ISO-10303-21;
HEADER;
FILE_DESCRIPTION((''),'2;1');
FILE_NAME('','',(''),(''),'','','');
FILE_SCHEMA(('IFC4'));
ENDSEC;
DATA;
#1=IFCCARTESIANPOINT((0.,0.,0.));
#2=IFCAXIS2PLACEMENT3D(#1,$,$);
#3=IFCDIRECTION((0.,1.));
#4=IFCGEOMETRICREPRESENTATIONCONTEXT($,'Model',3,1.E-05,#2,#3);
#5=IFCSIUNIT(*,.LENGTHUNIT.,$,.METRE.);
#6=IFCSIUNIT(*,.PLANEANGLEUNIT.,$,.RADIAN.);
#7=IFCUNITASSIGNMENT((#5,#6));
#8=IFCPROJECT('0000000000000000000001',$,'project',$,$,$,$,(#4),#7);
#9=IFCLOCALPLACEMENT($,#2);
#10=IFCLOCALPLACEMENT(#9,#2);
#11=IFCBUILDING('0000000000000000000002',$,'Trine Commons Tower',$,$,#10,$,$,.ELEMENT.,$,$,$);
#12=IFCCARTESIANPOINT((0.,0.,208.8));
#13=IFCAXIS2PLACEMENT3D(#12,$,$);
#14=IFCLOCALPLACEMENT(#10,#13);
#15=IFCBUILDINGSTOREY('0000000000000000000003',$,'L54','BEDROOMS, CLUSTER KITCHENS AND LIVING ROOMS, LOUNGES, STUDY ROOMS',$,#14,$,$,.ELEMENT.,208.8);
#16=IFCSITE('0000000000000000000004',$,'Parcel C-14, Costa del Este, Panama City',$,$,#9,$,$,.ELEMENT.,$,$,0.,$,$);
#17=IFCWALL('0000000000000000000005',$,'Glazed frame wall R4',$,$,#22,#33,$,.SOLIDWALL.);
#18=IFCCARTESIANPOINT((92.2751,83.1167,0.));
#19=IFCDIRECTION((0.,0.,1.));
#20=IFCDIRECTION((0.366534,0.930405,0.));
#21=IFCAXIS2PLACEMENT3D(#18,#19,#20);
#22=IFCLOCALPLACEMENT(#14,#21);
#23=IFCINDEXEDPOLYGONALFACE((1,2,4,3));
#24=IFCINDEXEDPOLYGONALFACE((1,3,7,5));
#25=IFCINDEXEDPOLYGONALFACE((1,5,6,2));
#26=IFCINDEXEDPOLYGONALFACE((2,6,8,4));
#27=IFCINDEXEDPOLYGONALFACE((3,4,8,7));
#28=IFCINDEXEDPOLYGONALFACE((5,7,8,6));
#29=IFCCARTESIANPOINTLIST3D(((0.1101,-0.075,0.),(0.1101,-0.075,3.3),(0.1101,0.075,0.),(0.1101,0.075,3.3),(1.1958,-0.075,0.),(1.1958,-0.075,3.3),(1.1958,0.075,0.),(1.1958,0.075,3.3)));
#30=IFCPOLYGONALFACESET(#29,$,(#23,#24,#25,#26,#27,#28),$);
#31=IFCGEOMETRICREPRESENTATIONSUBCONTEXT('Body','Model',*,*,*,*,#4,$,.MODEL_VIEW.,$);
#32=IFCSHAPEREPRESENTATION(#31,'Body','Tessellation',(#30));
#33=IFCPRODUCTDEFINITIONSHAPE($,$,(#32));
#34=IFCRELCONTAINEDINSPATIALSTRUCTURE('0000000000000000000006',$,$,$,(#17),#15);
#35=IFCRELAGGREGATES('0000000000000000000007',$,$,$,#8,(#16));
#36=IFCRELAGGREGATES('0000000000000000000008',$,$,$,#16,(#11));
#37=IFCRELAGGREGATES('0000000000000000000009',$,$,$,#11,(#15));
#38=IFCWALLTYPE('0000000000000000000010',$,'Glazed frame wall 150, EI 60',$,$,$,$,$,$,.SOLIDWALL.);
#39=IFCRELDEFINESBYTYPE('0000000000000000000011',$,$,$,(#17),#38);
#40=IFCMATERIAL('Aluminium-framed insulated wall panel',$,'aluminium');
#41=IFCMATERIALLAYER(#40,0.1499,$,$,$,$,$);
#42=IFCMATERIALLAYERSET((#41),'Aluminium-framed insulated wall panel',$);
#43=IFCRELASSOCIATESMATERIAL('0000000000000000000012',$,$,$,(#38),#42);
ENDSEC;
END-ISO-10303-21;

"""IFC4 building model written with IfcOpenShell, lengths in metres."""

from ifc_helpers import new_model, si_unit, direction, frame, origin, place, context, subcontext, project, spatial, polyline, outline, extrude, material, layer, layer_set, type_object, element, save


model = new_model("IFC4")

# Units and contexts
model_context = context("Model", 3, precision=1e-05, world=origin(), true_north=direction((0.0, 1.0)))
body_context = subcontext(model_context, "Body", "Model", "MODEL_VIEW")
ifc_project = project(units=[si_unit("LENGTHUNIT", "METRE"), si_unit("PLANEANGLEUNIT", "RADIAN")], contexts=[model_context])

# Site, building, storey
site_placement = place(None, origin())
site = spatial("IfcSite", under=ifc_project, at=site_placement, Name="Parcel C-14, Costa del Este, Panama City", CompositionType="ELEMENT", RefElevation=0.0)
building_placement = place(site_placement, origin())
building = spatial("IfcBuilding", under=site, at=building_placement, Name="Trine Commons Tower", CompositionType="ELEMENT")
storey_placement = place(building_placement, frame((0.0, 0.0, 208.8)))
storey = spatial("IfcBuildingStorey", under=building, at=storey_placement, Name="L54", Description="BEDROOMS, CLUSTER KITCHENS AND LIVING ROOMS, LOUNGES, STUDY ROOMS", CompositionType="ELEMENT", Elevation=208.8)

# Shared definitions
ifc_material_1 = material(Name="Aluminium-framed insulated wall panel", Category="aluminium")
ifc_layer_1 = layer(ifc_material_1, 0.1499)
ifc_layer_set_1 = layer_set([ifc_layer_1], Name="Aluminium-framed insulated wall panel")
wall_type_1 = type_object("IfcWallType", Name="Glazed frame wall 150, EI 60", PredefinedType="SOLIDWALL", material=ifc_layer_set_1)

# Wall
wall_1_placement = place(storey_placement, frame((92.2751, 83.1167, 0.0), z_axis=(0.0, 0.0, 1.0), x_axis=(0.366534, 0.930405, 0.0)))
element("IfcWall", 1, at=wall_1_placement, inside=storey, type_object=wall_type_1, Name="Glazed frame wall R4", PredefinedType="SOLIDWALL", context=body_context, shape_type="SweptSolid", body=[
    extrude(outline(polyline([(0.1101, 0.075), (0.1101, -0.075), (1.1958, -0.075), (1.1958, 0.075), (0.1101, 0.075)])), origin(), (0.0, 0.0, 1.0), 3.3),
])

save(model, "model.ifc")
